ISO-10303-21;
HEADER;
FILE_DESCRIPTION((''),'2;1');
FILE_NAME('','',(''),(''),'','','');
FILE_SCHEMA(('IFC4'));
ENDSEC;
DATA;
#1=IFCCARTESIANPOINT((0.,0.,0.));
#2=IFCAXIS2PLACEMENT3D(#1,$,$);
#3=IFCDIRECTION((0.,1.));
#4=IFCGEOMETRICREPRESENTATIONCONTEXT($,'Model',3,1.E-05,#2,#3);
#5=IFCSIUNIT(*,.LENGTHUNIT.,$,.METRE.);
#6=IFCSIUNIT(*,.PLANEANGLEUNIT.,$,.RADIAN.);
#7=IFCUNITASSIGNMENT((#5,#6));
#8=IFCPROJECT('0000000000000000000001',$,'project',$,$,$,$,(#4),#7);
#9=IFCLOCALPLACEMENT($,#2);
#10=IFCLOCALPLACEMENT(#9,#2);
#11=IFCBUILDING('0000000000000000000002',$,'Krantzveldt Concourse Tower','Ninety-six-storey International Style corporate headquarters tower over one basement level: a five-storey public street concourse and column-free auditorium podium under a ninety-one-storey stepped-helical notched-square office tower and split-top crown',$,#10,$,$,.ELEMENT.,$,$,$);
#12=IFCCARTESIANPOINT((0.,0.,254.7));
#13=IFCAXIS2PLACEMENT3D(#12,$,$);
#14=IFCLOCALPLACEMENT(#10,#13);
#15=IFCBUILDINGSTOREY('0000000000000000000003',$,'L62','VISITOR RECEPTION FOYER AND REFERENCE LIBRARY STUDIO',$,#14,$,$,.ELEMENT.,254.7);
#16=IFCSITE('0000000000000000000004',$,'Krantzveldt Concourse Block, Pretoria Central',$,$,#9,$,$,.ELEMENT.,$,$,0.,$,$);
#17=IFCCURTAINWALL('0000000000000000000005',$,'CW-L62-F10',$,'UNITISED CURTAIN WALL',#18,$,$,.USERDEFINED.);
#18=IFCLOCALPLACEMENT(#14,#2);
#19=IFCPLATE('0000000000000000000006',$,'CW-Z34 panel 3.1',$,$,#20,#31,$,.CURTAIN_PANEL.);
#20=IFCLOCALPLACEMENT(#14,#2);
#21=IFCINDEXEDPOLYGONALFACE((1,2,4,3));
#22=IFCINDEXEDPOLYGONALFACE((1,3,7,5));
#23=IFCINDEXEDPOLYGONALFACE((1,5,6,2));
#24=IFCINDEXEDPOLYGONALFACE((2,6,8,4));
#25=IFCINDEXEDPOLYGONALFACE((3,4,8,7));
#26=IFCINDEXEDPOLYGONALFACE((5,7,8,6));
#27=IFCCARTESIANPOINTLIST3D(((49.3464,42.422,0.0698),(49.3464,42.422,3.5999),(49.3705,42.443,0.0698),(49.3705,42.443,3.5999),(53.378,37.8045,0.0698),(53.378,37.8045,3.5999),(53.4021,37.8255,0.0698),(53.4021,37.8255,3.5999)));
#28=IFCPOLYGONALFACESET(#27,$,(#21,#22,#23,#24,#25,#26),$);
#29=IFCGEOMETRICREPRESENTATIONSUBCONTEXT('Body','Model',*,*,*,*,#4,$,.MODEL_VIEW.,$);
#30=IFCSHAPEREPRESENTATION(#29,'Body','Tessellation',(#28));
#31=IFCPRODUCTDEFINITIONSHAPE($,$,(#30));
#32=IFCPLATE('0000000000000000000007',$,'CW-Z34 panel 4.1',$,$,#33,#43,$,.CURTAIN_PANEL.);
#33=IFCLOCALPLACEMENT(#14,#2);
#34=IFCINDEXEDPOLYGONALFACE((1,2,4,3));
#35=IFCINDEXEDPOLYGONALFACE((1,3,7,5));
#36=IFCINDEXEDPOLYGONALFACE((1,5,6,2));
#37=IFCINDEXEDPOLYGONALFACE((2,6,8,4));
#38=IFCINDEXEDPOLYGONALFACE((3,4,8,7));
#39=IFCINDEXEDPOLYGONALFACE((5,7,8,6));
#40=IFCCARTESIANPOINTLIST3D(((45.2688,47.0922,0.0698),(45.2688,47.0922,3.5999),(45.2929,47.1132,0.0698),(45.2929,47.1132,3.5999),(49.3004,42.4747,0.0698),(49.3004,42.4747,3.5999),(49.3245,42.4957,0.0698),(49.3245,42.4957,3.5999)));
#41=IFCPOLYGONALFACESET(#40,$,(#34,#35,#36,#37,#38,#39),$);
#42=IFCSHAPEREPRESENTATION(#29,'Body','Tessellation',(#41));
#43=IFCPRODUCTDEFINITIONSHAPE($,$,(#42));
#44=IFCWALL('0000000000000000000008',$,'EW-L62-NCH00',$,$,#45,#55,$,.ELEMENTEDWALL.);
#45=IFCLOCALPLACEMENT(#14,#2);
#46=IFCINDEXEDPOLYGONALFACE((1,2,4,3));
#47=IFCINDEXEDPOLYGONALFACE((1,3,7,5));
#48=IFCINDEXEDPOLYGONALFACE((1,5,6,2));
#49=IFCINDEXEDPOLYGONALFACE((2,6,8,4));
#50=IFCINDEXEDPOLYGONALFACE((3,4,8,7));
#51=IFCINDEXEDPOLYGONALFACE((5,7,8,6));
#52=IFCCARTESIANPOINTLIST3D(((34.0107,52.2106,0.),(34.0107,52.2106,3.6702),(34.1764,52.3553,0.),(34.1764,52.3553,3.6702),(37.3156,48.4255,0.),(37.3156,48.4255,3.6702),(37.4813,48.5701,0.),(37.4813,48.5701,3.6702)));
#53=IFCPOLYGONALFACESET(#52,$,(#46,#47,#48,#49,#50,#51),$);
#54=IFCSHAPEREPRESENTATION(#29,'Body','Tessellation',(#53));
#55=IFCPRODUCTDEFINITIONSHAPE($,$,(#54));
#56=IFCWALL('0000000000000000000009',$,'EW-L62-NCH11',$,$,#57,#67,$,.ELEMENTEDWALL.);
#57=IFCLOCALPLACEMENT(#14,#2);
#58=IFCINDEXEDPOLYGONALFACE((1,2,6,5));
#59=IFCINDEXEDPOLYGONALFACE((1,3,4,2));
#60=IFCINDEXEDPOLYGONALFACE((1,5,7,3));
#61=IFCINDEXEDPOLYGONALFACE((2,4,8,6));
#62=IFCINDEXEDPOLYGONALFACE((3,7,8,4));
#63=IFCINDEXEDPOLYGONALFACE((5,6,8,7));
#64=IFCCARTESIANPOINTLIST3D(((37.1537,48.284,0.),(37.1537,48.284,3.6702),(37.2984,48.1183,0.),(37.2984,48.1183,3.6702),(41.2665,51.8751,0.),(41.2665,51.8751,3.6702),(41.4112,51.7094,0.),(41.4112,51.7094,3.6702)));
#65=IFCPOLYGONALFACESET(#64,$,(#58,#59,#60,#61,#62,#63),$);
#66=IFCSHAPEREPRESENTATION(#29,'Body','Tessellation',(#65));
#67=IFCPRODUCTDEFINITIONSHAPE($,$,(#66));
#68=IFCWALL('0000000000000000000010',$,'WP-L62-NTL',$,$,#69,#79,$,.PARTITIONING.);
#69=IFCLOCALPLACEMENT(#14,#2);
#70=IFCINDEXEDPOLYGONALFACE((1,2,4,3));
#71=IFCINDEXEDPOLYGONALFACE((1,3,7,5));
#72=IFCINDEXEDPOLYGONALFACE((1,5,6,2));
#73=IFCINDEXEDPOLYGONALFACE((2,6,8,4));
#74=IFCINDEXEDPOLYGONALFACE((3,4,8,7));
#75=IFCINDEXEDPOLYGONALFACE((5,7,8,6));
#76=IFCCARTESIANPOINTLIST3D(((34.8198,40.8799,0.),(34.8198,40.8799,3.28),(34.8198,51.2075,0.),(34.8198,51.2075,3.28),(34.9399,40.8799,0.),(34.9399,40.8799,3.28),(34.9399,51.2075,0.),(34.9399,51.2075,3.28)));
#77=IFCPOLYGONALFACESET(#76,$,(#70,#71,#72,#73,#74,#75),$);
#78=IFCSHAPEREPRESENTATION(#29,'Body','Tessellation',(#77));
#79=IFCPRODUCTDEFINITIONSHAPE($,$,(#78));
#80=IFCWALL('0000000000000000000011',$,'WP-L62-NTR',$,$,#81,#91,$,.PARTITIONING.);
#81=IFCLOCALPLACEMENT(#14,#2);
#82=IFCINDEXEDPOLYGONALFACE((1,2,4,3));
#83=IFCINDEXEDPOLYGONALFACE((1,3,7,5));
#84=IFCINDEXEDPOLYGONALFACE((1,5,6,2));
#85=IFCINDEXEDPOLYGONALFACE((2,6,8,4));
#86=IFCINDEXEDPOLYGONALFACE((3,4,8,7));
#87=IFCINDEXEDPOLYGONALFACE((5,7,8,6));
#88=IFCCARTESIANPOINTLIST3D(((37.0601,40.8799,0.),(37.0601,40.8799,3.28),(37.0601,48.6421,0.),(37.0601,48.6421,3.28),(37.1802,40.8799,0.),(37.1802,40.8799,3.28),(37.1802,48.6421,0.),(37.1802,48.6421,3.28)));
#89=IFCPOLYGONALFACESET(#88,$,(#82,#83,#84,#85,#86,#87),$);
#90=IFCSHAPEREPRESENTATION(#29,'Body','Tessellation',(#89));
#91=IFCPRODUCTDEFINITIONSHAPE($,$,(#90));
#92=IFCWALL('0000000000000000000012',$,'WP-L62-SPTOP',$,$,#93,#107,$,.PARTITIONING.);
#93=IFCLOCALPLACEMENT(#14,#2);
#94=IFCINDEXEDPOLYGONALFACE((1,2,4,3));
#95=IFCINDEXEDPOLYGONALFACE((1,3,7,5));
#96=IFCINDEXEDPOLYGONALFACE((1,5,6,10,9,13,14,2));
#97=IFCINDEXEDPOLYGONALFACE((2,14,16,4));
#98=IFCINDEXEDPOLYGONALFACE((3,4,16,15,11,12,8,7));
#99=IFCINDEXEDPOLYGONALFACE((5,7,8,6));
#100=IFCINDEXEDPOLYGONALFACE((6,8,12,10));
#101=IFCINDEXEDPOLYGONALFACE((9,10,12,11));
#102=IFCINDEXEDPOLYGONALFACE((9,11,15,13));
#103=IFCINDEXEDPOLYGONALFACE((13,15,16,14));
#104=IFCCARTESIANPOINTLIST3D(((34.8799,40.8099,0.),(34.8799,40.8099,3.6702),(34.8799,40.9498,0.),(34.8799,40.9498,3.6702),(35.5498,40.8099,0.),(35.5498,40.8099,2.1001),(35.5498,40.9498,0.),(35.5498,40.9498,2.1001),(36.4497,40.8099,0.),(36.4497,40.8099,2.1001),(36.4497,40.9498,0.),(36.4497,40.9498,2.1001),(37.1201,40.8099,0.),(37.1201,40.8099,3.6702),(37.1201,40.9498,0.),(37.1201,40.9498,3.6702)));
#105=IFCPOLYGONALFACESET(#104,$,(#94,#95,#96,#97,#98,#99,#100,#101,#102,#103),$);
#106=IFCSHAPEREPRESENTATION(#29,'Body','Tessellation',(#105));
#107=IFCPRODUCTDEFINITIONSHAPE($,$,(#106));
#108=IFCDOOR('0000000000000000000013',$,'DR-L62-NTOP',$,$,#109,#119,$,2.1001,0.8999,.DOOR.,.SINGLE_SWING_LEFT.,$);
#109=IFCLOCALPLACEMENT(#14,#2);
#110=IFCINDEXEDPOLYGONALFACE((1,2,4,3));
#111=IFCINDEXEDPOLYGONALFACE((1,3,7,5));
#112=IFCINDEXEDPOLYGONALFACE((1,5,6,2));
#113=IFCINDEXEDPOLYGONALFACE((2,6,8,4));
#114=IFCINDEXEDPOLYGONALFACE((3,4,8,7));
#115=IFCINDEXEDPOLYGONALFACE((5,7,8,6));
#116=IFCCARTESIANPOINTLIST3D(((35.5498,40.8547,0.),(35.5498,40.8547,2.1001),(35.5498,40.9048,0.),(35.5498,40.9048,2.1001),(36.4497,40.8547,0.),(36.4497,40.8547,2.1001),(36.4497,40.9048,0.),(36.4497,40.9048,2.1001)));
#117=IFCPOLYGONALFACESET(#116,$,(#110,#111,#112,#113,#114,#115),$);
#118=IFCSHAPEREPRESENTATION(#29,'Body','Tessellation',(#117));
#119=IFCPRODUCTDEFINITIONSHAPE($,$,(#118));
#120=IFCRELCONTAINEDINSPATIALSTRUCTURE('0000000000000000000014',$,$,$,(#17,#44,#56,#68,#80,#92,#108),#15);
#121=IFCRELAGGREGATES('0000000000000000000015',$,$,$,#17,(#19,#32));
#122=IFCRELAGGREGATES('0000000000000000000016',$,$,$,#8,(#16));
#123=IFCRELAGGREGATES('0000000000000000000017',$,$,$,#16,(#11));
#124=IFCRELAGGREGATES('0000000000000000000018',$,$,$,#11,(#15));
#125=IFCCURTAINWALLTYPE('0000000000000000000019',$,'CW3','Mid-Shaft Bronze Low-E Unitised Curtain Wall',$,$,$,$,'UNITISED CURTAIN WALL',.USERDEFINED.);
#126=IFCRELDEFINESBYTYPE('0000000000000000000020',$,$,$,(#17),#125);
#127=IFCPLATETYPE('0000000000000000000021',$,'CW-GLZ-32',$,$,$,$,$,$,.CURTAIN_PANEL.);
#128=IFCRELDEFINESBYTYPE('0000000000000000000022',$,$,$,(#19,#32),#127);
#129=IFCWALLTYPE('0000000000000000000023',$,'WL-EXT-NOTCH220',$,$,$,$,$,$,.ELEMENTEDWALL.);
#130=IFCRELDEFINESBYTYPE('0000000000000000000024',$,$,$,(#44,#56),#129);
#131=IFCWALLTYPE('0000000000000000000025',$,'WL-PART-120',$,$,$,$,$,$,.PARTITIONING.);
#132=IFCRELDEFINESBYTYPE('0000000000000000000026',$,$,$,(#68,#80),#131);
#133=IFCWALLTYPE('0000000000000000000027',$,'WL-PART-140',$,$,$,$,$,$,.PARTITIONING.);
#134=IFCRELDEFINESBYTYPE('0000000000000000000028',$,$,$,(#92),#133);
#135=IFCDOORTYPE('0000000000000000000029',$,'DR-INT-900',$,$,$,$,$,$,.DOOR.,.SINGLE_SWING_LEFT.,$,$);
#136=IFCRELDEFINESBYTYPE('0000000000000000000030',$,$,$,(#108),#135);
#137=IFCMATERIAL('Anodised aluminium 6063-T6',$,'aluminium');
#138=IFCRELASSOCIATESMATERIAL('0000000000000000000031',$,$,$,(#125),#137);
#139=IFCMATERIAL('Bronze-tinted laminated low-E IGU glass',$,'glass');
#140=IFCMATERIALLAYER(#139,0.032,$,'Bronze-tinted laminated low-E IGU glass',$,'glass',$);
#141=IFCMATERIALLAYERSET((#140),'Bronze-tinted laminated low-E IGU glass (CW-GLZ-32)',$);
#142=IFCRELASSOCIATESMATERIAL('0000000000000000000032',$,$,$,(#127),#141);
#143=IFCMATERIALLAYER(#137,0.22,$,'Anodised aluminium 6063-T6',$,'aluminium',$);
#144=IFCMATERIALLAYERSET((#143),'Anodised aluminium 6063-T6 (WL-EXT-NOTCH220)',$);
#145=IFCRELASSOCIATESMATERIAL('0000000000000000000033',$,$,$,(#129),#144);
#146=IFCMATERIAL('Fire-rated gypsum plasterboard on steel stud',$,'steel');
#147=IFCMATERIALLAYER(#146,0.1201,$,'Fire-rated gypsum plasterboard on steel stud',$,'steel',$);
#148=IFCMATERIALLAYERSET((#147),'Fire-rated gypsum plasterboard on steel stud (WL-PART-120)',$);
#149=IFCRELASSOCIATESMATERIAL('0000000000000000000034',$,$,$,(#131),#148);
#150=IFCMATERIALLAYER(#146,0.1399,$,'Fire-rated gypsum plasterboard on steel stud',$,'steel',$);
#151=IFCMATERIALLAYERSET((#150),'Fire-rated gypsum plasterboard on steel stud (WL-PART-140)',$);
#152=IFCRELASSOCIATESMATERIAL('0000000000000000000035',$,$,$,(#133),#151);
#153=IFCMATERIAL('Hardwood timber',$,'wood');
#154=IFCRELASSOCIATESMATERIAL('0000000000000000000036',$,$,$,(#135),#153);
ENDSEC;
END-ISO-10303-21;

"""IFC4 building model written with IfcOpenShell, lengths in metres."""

from ifc_helpers import new_model, si_unit, direction, frame, frame_2d, origin, origin_2d, place, context, subcontext, project, spatial, rectangle, extrude, source, transform, mapped, material, layer, layer_set, type_object, element, fill, aggregate, save


model = new_model("IFC4")

# Units and contexts
model_context = context("Model", 3, precision=1e-05, world=origin(), true_north=direction((0.0, 1.0)))
body_context = subcontext(model_context, "Body", "Model", "MODEL_VIEW")
ifc_project = project(units=[si_unit("LENGTHUNIT", "METRE"), si_unit("PLANEANGLEUNIT", "RADIAN")], contexts=[model_context])

# Site, building, storey
site_placement = place(None, origin())
site = spatial("IfcSite", under=ifc_project, at=site_placement, Name="Krantzveldt Concourse Block, Pretoria Central", CompositionType="ELEMENT", RefElevation=0.0)
building_placement = place(site_placement, origin())
building = spatial("IfcBuilding", under=site, at=building_placement, Name="Krantzveldt Concourse Tower", Description="Ninety-six-storey International Style corporate headquarters tower over one basement level: a five-storey public street concourse and column-free auditorium podium under a ninety-one-storey stepped-helical notched-square office tower and split-top crown", CompositionType="ELEMENT")
storey_placement = place(building_placement, frame((0.0, 0.0, 254.7)))
storey = spatial("IfcBuildingStorey", under=building, at=storey_placement, Name="L62", Description="VISITOR RECEPTION FOYER AND REFERENCE LIBRARY STUDIO", CompositionType="ELEMENT", Elevation=254.7)

# Shared definitions
ifc_material_1 = material(Name="Anodised aluminium 6063-T6", Category="aluminium")
curtain_wall_type = type_object("IfcCurtainWallType", Name="CW3", Description="Mid-Shaft Bronze Low-E Unitised Curtain Wall", ElementType="UNITISED CURTAIN WALL", PredefinedType="USERDEFINED", material=ifc_material_1)

# Curtain wall
curtain_wall_1_placement = place(storey_placement, origin())
curtain_wall_1 = element("IfcCurtainWall", 1, at=curtain_wall_1_placement, inside=storey, type_object=curtain_wall_type, Name="CW-L62-F10", ObjectType="UNITISED CURTAIN WALL", PredefinedType="USERDEFINED")

# Plates
ifc_material_2 = material(Name="Bronze-tinted laminated low-E IGU glass", Category="glass")
ifc_layer_1 = layer(ifc_material_2, 0.032, Name="Bronze-tinted laminated low-E IGU glass", Category="glass")
ifc_layer_set_1 = layer_set([ifc_layer_1], Name="Bronze-tinted laminated low-E IGU glass (CW-GLZ-32)")
plate_type = type_object("IfcPlateType", Name="CW-GLZ-32", PredefinedType="CURTAIN_PANEL", material=ifc_layer_set_1)
shared_shape_1 = source(origin(), body_context, "Body", "SweptSolid", [
    extrude(rectangle(XDim=6.1299, YDim=0.032, at=origin_2d()), origin(), (0.0, 0.0, 1.0), 3.53),
])
plate_1_placement = place(storey_placement, frame((51.3743, 40.1238, 0.0698), z_axis=(0.0, 0.0, 1.0), x_axis=(-0.657704, 0.753277, 0.0)))
plate_1 = element("IfcPlate", 2, at=plate_1_placement, type_object=plate_type, Name="CW-Z34 panel 3.1", PredefinedType="CURTAIN_PANEL", context=body_context, shape_type="MappedRepresentation", body=[
    mapped(shared_shape_1, transform((0.0, 0.0, 0.0), x_axis=(1.0, 0.0, 0.0), y_axis=(0.0, 1.0, 0.0), z_axis=(0.0, 0.0, 1.0), scale=1.0)),
])
plate_2_placement = place(storey_placement, frame((47.2966, 44.7939, 0.0698), z_axis=(0.0, 0.0, 1.0), x_axis=(-0.657704, 0.753277, 0.0)))
plate_2 = element("IfcPlate", 3, at=plate_2_placement, type_object=plate_type, Name="CW-Z34 panel 4.1", PredefinedType="CURTAIN_PANEL", context=body_context, shape_type="MappedRepresentation", body=[
    mapped(shared_shape_1, transform((0.0, 0.0, 0.0), x_axis=(1.0, 0.0, 0.0), y_axis=(0.0, 1.0, 0.0), z_axis=(0.0, 0.0, 1.0), scale=1.0)),
])
aggregate(curtain_wall_1, [plate_1, plate_2])

# Walls
ifc_layer_2 = layer(ifc_material_1, 0.22, Name="Anodised aluminium 6063-T6", Category="aluminium")
ifc_layer_set_2 = layer_set([ifc_layer_2], Name="Anodised aluminium 6063-T6 (WL-EXT-NOTCH220)")
wall_type_1 = type_object("IfcWallType", Name="WL-EXT-NOTCH220", PredefinedType="ELEMENTEDWALL", material=ifc_layer_set_2)
wall_1_placement = place(storey_placement, frame((37.3984, 48.4978, 0.0), z_axis=(0.0, 0.0, 1.0), x_axis=(-0.657706, 0.753275, 0.0)))
element("IfcWall", 4, at=wall_1_placement, inside=storey, type_object=wall_type_1, Name="EW-L62-NCH00", PredefinedType="ELEMENTEDWALL", context=body_context, shape_type="SweptSolid", body=[
    extrude(rectangle(XDim=5.0249, YDim=0.22, at=frame_2d((2.5125, 0.0))), origin(), (0.0, 0.0, 1.0), 3.6702),
])
wall_2_placement = place(storey_placement, frame((41.3389, 51.7922, 0.0), z_axis=(0.0, 0.0, 1.0), x_axis=(-0.753269, -0.657713, 0.0)))
element("IfcWall", 5, at=wall_2_placement, inside=storey, type_object=wall_type_1, Name="EW-L62-NCH11", PredefinedType="ELEMENTEDWALL", context=body_context, shape_type="SweptSolid", body=[
    extrude(rectangle(XDim=5.46, YDim=0.22, at=frame_2d((2.73, 0.0))), origin(), (0.0, 0.0, 1.0), 3.6702),
])
ifc_material_3 = material(Name="Fire-rated gypsum plasterboard on steel stud", Category="steel")
ifc_layer_3 = layer(ifc_material_3, 0.1201, Name="Fire-rated gypsum plasterboard on steel stud", Category="steel")
ifc_layer_set_3 = layer_set([ifc_layer_3], Name="Fire-rated gypsum plasterboard on steel stud (WL-PART-120)")
wall_type_2 = type_object("IfcWallType", Name="WL-PART-120", PredefinedType="PARTITIONING", material=ifc_layer_set_3)
wall_3_placement = place(storey_placement, frame((34.8799, 40.8799, 0.0), z_axis=(0.0, 0.0, 1.0), x_axis=(0.0, 1.0, 0.0)))
element("IfcWall", 6, at=wall_3_placement, inside=storey, type_object=wall_type_2, Name="WP-L62-NTL", PredefinedType="PARTITIONING", context=body_context, shape_type="SweptSolid", body=[
    extrude(rectangle(XDim=10.3276, YDim=0.1201, at=frame_2d((5.1638, 0.0))), origin(), (0.0, 0.0, 1.0), 3.28),
])
wall_4_placement = place(storey_placement, frame((37.1201, 40.8799, 0.0), z_axis=(0.0, 0.0, 1.0), x_axis=(0.0, 1.0, 0.0)))
element("IfcWall", 7, at=wall_4_placement, inside=storey, type_object=wall_type_2, Name="WP-L62-NTR", PredefinedType="PARTITIONING", context=body_context, shape_type="SweptSolid", body=[
    extrude(rectangle(XDim=7.7622, YDim=0.1201, at=frame_2d((3.8811, 0.0))), origin(), (0.0, 0.0, 1.0), 3.28),
])

# Wall, opening, door
ifc_layer_4 = layer(ifc_material_3, 0.1399, Name="Fire-rated gypsum plasterboard on steel stud", Category="steel")
ifc_layer_set_4 = layer_set([ifc_layer_4], Name="Fire-rated gypsum plasterboard on steel stud (WL-PART-140)")
wall_type_3 = type_object("IfcWallType", Name="WL-PART-140", PredefinedType="PARTITIONING", material=ifc_layer_set_4)
wall_5_placement = place(storey_placement, frame((34.8799, 40.8799, 0.0), z_axis=(0.0, 0.0, 1.0), x_axis=(1.0, 0.0, 0.0)))
wall_5 = element("IfcWall", 8, at=wall_5_placement, inside=storey, type_object=wall_type_3, Name="WP-L62-SPTOP", PredefinedType="PARTITIONING", context=body_context, shape_type="SweptSolid", body=[
    extrude(rectangle(XDim=2.2402, YDim=0.1399, at=frame_2d((1.1201, 0.0))), origin(), (0.0, 0.0, 1.0), 3.6702),
])
opening_placement = place(wall_5_placement, frame((0.6699, 0.0, 0.0)))
opening = element("IfcOpeningElement", 9, at=opening_placement, cuts=wall_5, PredefinedType="OPENING", context=body_context, shape_type="SweptSolid", body=[
    extrude(rectangle(XDim=0.8999, YDim=2.1001, at=frame_2d((0.45, 1.05))), frame((0.0, 0.0801, 0.0), z_axis=(0.0, -1.0, 0.0), x_axis=(1.0, 0.0, 0.0)), (0.0, 0.0, 1.0), 0.1599),
])
ifc_material_4 = material(Name="Hardwood timber", Category="wood")
door_type = type_object("IfcDoorType", Name="DR-INT-900", OperationType="SINGLE_SWING_LEFT", PredefinedType="DOOR", material=ifc_material_4)
door_placement = place(opening_placement, origin())
door = element("IfcDoor", 10, at=door_placement, inside=storey, type_object=door_type, Name="DR-L62-NTOP", OperationType="SINGLE_SWING_LEFT", OverallHeight=2.1001, OverallWidth=0.8999, PredefinedType="DOOR", context=body_context, shape_type="SweptSolid", body=[
    extrude(rectangle(XDim=0.8999, YDim=2.1001, at=frame_2d((0.45, 1.05))), frame((0.0, 0.0249, 0.0), z_axis=(0.0, -1.0, 0.0), x_axis=(1.0, 0.0, 0.0)), (0.0, 0.0, 1.0), 0.05),
])
fill(opening, door)

save(model, "model.ifc")
